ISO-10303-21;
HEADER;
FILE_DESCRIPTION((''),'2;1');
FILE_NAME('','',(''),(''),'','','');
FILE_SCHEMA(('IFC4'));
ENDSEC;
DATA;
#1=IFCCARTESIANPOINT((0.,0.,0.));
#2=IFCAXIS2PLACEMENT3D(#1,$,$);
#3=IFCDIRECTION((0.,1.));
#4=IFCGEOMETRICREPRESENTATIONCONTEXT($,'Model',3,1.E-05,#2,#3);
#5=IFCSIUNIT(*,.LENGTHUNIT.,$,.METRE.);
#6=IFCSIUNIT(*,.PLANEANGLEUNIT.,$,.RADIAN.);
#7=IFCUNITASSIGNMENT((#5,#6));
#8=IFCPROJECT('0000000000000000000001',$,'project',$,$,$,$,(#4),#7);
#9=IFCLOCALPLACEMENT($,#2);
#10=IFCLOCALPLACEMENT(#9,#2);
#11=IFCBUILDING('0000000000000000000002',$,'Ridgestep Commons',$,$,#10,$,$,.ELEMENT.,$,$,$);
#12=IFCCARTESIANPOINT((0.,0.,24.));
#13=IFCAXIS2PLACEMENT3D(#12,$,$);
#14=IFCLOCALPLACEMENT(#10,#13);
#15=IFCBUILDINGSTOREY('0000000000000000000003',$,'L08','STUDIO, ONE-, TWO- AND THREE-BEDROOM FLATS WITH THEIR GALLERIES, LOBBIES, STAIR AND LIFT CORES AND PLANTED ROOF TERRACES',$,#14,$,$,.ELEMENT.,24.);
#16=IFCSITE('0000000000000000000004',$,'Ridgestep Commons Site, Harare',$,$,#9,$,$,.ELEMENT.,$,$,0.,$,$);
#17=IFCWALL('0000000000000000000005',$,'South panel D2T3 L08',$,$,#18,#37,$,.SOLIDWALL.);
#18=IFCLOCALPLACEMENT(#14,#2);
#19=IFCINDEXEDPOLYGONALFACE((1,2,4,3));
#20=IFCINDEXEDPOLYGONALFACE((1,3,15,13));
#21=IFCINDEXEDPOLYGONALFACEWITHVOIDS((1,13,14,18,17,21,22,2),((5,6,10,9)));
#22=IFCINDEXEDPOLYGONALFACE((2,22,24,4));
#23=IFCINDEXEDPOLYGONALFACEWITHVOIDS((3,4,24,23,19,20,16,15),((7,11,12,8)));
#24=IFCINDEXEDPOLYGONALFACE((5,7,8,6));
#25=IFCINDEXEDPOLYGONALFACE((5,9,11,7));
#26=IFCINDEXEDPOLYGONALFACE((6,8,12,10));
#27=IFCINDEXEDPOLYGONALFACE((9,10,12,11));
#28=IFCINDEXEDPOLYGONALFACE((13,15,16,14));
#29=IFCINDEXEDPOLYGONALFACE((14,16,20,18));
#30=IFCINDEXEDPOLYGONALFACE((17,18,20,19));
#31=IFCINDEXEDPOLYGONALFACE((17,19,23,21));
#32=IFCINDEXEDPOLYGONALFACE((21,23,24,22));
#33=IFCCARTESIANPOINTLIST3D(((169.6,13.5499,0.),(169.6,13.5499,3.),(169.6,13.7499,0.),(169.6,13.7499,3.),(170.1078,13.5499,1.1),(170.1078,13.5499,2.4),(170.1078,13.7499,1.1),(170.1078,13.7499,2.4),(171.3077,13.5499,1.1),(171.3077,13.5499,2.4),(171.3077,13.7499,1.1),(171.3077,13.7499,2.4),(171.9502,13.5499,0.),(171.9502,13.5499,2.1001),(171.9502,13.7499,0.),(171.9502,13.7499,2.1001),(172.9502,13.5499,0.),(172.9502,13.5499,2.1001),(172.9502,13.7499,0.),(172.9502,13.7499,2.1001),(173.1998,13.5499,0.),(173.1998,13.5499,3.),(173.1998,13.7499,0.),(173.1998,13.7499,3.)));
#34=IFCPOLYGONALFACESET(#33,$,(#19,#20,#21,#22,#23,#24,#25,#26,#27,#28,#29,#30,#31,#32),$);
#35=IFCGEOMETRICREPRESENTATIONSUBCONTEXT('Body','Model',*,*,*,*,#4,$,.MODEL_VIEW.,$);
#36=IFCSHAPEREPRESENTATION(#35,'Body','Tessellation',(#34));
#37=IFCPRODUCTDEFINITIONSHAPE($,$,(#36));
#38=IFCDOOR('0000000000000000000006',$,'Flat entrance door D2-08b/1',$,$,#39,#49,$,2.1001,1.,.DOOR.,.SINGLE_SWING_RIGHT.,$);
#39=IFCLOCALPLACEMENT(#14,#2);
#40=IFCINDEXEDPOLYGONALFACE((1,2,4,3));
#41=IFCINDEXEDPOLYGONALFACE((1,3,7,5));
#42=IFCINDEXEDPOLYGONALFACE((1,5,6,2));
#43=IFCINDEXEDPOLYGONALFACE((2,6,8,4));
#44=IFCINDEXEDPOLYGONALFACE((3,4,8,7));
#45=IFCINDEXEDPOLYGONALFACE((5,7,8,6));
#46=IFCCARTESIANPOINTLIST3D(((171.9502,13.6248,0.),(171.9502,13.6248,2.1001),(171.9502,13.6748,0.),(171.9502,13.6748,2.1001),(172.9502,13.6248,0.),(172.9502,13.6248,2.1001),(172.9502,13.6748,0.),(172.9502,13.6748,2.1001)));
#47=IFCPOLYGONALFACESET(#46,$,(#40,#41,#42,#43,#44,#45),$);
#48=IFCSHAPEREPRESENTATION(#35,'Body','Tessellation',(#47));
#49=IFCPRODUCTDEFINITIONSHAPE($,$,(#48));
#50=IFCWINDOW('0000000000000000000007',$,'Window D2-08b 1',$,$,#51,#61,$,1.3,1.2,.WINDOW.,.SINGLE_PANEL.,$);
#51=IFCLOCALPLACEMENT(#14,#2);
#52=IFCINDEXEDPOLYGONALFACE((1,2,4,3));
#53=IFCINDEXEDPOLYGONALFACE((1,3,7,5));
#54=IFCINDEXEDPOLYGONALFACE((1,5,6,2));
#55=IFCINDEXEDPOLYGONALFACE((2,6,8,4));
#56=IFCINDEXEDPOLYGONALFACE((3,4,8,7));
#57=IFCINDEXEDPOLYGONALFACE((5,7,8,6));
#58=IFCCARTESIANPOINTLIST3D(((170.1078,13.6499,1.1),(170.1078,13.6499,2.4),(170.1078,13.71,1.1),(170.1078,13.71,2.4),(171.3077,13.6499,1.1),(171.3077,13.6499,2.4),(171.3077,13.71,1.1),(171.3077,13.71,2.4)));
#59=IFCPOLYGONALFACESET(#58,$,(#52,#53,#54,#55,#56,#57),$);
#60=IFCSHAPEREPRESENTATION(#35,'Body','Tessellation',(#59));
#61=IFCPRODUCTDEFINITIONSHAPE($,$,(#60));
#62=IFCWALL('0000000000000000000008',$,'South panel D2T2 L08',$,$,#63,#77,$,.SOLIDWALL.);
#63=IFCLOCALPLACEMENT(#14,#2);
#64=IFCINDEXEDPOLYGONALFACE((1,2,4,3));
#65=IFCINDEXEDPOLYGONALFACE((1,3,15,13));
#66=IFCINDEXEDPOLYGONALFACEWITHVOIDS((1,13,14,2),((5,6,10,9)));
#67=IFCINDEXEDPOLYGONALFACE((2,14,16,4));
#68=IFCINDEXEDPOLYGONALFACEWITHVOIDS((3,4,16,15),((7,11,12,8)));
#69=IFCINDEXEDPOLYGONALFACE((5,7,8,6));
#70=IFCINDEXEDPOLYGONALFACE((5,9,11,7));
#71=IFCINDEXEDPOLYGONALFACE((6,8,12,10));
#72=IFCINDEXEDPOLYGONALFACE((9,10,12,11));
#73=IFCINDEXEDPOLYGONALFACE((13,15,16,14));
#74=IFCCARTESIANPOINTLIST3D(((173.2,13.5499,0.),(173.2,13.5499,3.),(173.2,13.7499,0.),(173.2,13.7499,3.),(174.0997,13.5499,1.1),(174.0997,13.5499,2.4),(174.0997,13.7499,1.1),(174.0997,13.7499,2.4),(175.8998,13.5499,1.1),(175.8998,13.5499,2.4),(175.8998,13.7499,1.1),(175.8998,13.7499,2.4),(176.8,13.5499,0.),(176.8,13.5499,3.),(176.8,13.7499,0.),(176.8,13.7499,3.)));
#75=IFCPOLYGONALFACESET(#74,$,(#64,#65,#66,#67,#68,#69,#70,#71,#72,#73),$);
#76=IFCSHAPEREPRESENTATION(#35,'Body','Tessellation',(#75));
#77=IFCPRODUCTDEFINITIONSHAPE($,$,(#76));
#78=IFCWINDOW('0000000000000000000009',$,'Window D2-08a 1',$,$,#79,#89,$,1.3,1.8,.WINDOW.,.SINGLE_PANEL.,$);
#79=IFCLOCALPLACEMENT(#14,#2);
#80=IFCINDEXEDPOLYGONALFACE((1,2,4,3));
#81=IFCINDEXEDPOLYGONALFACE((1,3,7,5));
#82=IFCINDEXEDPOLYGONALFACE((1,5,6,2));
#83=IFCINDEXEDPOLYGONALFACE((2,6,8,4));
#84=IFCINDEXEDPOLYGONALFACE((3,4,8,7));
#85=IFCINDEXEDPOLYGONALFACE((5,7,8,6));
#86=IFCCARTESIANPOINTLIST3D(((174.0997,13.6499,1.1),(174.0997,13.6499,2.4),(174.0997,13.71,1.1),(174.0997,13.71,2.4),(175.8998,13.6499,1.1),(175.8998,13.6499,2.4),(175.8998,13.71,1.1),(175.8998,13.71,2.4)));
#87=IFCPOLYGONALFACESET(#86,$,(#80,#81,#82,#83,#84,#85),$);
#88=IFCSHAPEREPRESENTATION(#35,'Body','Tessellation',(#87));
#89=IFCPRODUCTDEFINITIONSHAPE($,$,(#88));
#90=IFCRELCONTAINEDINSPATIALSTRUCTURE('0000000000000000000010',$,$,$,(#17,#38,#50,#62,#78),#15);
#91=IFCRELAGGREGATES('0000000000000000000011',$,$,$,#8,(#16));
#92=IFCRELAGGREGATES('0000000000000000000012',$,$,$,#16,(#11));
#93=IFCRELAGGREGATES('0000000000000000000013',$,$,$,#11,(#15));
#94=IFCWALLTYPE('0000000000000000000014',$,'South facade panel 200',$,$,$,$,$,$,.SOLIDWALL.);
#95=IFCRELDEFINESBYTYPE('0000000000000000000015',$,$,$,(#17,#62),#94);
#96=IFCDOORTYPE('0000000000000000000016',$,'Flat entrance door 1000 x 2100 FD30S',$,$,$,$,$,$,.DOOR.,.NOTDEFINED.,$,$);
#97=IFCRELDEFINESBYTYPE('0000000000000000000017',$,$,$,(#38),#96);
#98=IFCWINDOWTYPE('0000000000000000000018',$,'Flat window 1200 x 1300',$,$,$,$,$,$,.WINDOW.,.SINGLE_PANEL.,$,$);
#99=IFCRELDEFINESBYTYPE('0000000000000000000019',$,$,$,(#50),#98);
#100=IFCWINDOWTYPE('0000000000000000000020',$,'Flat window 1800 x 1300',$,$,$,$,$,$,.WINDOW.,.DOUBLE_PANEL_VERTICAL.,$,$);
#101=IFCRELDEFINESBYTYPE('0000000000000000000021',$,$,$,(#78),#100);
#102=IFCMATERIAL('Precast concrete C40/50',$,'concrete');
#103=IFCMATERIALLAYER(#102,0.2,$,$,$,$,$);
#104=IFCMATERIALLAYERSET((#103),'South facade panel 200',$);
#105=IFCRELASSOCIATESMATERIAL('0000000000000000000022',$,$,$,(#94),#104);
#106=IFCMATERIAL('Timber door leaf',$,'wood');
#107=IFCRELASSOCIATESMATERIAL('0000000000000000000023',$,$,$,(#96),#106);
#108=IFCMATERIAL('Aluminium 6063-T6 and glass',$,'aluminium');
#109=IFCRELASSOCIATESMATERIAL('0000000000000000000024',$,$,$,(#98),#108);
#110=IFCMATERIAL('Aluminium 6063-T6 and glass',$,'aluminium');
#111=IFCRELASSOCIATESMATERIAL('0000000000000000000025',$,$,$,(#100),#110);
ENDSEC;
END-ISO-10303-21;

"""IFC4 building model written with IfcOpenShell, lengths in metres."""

from ifc_helpers import new_model, si_unit, direction, frame, frame_2d, origin, place, context, subcontext, project, spatial, rectangle, extrude, material, layer, layer_set, type_object, element, fill, save


model = new_model("IFC4")

# Units and contexts
model_context = context("Model", 3, precision=1e-05, world=origin(), true_north=direction((0.0, 1.0)))
body_context = subcontext(model_context, "Body", "Model", "MODEL_VIEW")
ifc_project = project(units=[si_unit("LENGTHUNIT", "METRE"), si_unit("PLANEANGLEUNIT", "RADIAN")], contexts=[model_context])

# Site, building, storey
site_placement = place(None, origin())
site = spatial("IfcSite", under=ifc_project, at=site_placement, Name="Ridgestep Commons Site, Harare", CompositionType="ELEMENT", RefElevation=0.0)
building_placement = place(site_placement, origin())
building = spatial("IfcBuilding", under=site, at=building_placement, Name="Ridgestep Commons", CompositionType="ELEMENT")
storey_placement = place(building_placement, frame((0.0, 0.0, 24.0)))
storey = spatial("IfcBuildingStorey", under=building, at=storey_placement, Name="L08", Description="STUDIO, ONE-, TWO- AND THREE-BEDROOM FLATS WITH THEIR GALLERIES, LOBBIES, STAIR AND LIFT CORES AND PLANTED ROOF TERRACES", CompositionType="ELEMENT", Elevation=24.0)

# Wall, openings, door, window
ifc_material_1 = material(Name="Precast concrete C40/50", Category="concrete")
ifc_layer_1 = layer(ifc_material_1, 0.2)
ifc_layer_set_1 = layer_set([ifc_layer_1], Name="South facade panel 200")
wall_type_1 = type_object("IfcWallType", Name="South facade panel 200", PredefinedType="SOLIDWALL", material=ifc_layer_set_1)
wall_1_placement = place(storey_placement, frame((169.6001, 13.6499, 0.0), z_axis=(0.0, 0.0, 1.0), x_axis=(1.0, 0.0, 0.0)))
wall_1 = element("IfcWall", 1, at=wall_1_placement, inside=storey, type_object=wall_type_1, Name="South panel D2T3 L08", PredefinedType="SOLIDWALL", context=body_context, shape_type="SweptSolid", body=[
    extrude(rectangle(XDim=3.5999, YDim=0.2, at=frame_2d((1.7998, 0.0))), origin(), (0.0, 0.0, 1.0), 3.0),
])
opening_1_placement = place(wall_1_placement, frame((0.5076, 0.0, 1.1001)))
opening_1 = element("IfcOpeningElement", 2, at=opening_1_placement, cuts=wall_1, PredefinedType="OPENING", context=body_context, shape_type="SweptSolid", body=[
    extrude(rectangle(XDim=1.2, YDim=1.3, at=frame_2d((0.6001, 0.6499))), frame((0.0, 0.1099, 0.0), z_axis=(0.0, -1.0, 0.0), x_axis=(1.0, 0.0, 0.0)), (0.0, 0.0, 1.0), 0.22),
])
opening_2_placement = place(wall_1_placement, frame((2.3501, 0.0, 0.0)))
opening_2 = element("IfcOpeningElement", 3, at=opening_2_placement, cuts=wall_1, PredefinedType="OPENING", context=body_context, shape_type="SweptSolid", body=[
    extrude(rectangle(XDim=1.0, YDim=2.1001, at=frame_2d((0.5, 1.05))), frame((0.0, 0.1099, 0.0), z_axis=(0.0, -1.0, 0.0), x_axis=(1.0, 0.0, 0.0)), (0.0, 0.0, 1.0), 0.22),
])
ifc_material_2 = material(Name="Timber door leaf", Category="wood")
door_type_1 = type_object("IfcDoorType", Name="Flat entrance door 1000 x 2100 FD30S", OperationType="NOTDEFINED", PredefinedType="DOOR", material=ifc_material_2)
door_1_placement = place(opening_2_placement, origin())
door_1 = element("IfcDoor", 4, at=door_1_placement, inside=storey, type_object=door_type_1, Name="Flat entrance door D2-08b/1", OperationType="SINGLE_SWING_RIGHT", OverallHeight=2.1001, OverallWidth=1.0, PredefinedType="DOOR", context=body_context, shape_type="SweptSolid", body=[
    extrude(rectangle(XDim=1.0, YDim=2.1001, at=frame_2d((0.5, 1.05))), frame((0.0, 0.0249, 0.0), z_axis=(0.0, -1.0, 0.0), x_axis=(1.0, 0.0, 0.0)), (0.0, 0.0, 1.0), 0.05),
])
fill(opening_2, door_1)
ifc_material_3 = material(Name="Aluminium 6063-T6 and glass", Category="aluminium")
window_type_1 = type_object("IfcWindowType", Name="Flat window 1200 x 1300", PartitioningType="SINGLE_PANEL", PredefinedType="WINDOW", material=ifc_material_3)
window_1_placement = place(opening_1_placement, origin())
window_1 = element("IfcWindow", 5, at=window_1_placement, inside=storey, type_object=window_type_1, Name="Window D2-08b 1", OverallHeight=1.3, OverallWidth=1.2, PartitioningType="SINGLE_PANEL", PredefinedType="WINDOW", context=body_context, shape_type="SweptSolid", body=[
    extrude(rectangle(XDim=1.2, YDim=1.3, at=frame_2d((0.6001, 0.6499))), frame((0.0, 0.0601, 0.0), z_axis=(0.0, -1.0, 0.0), x_axis=(1.0, 0.0, 0.0)), (0.0, 0.0, 1.0), 0.0601),
])
fill(opening_1, window_1)

# Wall, opening, window
wall_2_placement = place(storey_placement, frame((173.2, 13.6499, 0.0), z_axis=(0.0, 0.0, 1.0), x_axis=(1.0, 0.0, 0.0)))
wall_2 = element("IfcWall", 6, at=wall_2_placement, inside=storey, type_object=wall_type_1, Name="South panel D2T2 L08", PredefinedType="SOLIDWALL", context=body_context, shape_type="SweptSolid", body=[
    extrude(rectangle(XDim=3.6001, YDim=0.2, at=frame_2d((1.8, 0.0))), origin(), (0.0, 0.0, 1.0), 3.0),
])
opening_3_placement = place(wall_2_placement, frame((0.8999, 0.0, 1.1001)))
opening_3 = element("IfcOpeningElement", 7, at=opening_3_placement, cuts=wall_2, PredefinedType="OPENING", context=body_context, shape_type="SweptSolid", body=[
    extrude(rectangle(XDim=1.8, YDim=1.3, at=frame_2d((0.8999, 0.6499))), frame((0.0, 0.1099, 0.0), z_axis=(0.0, -1.0, 0.0), x_axis=(1.0, 0.0, 0.0)), (0.0, 0.0, 1.0), 0.22),
])
ifc_material_4 = material(Name="Aluminium 6063-T6 and glass", Category="aluminium")
window_type_2 = type_object("IfcWindowType", Name="Flat window 1800 x 1300", PartitioningType="DOUBLE_PANEL_VERTICAL", PredefinedType="WINDOW", material=ifc_material_4)
window_2_placement = place(opening_3_placement, origin())
window_2 = element("IfcWindow", 8, at=window_2_placement, inside=storey, type_object=window_type_2, Name="Window D2-08a 1", OverallHeight=1.3, OverallWidth=1.8, PartitioningType="SINGLE_PANEL", PredefinedType="WINDOW", context=body_context, shape_type="SweptSolid", body=[
    extrude(rectangle(XDim=1.8, YDim=1.3, at=frame_2d((0.8999, 0.6499))), frame((0.0, 0.0601, 0.0), z_axis=(0.0, -1.0, 0.0), x_axis=(1.0, 0.0, 0.0)), (0.0, 0.0, 1.0), 0.0601),
])
fill(opening_3, window_2)

save(model, "model.ifc")
